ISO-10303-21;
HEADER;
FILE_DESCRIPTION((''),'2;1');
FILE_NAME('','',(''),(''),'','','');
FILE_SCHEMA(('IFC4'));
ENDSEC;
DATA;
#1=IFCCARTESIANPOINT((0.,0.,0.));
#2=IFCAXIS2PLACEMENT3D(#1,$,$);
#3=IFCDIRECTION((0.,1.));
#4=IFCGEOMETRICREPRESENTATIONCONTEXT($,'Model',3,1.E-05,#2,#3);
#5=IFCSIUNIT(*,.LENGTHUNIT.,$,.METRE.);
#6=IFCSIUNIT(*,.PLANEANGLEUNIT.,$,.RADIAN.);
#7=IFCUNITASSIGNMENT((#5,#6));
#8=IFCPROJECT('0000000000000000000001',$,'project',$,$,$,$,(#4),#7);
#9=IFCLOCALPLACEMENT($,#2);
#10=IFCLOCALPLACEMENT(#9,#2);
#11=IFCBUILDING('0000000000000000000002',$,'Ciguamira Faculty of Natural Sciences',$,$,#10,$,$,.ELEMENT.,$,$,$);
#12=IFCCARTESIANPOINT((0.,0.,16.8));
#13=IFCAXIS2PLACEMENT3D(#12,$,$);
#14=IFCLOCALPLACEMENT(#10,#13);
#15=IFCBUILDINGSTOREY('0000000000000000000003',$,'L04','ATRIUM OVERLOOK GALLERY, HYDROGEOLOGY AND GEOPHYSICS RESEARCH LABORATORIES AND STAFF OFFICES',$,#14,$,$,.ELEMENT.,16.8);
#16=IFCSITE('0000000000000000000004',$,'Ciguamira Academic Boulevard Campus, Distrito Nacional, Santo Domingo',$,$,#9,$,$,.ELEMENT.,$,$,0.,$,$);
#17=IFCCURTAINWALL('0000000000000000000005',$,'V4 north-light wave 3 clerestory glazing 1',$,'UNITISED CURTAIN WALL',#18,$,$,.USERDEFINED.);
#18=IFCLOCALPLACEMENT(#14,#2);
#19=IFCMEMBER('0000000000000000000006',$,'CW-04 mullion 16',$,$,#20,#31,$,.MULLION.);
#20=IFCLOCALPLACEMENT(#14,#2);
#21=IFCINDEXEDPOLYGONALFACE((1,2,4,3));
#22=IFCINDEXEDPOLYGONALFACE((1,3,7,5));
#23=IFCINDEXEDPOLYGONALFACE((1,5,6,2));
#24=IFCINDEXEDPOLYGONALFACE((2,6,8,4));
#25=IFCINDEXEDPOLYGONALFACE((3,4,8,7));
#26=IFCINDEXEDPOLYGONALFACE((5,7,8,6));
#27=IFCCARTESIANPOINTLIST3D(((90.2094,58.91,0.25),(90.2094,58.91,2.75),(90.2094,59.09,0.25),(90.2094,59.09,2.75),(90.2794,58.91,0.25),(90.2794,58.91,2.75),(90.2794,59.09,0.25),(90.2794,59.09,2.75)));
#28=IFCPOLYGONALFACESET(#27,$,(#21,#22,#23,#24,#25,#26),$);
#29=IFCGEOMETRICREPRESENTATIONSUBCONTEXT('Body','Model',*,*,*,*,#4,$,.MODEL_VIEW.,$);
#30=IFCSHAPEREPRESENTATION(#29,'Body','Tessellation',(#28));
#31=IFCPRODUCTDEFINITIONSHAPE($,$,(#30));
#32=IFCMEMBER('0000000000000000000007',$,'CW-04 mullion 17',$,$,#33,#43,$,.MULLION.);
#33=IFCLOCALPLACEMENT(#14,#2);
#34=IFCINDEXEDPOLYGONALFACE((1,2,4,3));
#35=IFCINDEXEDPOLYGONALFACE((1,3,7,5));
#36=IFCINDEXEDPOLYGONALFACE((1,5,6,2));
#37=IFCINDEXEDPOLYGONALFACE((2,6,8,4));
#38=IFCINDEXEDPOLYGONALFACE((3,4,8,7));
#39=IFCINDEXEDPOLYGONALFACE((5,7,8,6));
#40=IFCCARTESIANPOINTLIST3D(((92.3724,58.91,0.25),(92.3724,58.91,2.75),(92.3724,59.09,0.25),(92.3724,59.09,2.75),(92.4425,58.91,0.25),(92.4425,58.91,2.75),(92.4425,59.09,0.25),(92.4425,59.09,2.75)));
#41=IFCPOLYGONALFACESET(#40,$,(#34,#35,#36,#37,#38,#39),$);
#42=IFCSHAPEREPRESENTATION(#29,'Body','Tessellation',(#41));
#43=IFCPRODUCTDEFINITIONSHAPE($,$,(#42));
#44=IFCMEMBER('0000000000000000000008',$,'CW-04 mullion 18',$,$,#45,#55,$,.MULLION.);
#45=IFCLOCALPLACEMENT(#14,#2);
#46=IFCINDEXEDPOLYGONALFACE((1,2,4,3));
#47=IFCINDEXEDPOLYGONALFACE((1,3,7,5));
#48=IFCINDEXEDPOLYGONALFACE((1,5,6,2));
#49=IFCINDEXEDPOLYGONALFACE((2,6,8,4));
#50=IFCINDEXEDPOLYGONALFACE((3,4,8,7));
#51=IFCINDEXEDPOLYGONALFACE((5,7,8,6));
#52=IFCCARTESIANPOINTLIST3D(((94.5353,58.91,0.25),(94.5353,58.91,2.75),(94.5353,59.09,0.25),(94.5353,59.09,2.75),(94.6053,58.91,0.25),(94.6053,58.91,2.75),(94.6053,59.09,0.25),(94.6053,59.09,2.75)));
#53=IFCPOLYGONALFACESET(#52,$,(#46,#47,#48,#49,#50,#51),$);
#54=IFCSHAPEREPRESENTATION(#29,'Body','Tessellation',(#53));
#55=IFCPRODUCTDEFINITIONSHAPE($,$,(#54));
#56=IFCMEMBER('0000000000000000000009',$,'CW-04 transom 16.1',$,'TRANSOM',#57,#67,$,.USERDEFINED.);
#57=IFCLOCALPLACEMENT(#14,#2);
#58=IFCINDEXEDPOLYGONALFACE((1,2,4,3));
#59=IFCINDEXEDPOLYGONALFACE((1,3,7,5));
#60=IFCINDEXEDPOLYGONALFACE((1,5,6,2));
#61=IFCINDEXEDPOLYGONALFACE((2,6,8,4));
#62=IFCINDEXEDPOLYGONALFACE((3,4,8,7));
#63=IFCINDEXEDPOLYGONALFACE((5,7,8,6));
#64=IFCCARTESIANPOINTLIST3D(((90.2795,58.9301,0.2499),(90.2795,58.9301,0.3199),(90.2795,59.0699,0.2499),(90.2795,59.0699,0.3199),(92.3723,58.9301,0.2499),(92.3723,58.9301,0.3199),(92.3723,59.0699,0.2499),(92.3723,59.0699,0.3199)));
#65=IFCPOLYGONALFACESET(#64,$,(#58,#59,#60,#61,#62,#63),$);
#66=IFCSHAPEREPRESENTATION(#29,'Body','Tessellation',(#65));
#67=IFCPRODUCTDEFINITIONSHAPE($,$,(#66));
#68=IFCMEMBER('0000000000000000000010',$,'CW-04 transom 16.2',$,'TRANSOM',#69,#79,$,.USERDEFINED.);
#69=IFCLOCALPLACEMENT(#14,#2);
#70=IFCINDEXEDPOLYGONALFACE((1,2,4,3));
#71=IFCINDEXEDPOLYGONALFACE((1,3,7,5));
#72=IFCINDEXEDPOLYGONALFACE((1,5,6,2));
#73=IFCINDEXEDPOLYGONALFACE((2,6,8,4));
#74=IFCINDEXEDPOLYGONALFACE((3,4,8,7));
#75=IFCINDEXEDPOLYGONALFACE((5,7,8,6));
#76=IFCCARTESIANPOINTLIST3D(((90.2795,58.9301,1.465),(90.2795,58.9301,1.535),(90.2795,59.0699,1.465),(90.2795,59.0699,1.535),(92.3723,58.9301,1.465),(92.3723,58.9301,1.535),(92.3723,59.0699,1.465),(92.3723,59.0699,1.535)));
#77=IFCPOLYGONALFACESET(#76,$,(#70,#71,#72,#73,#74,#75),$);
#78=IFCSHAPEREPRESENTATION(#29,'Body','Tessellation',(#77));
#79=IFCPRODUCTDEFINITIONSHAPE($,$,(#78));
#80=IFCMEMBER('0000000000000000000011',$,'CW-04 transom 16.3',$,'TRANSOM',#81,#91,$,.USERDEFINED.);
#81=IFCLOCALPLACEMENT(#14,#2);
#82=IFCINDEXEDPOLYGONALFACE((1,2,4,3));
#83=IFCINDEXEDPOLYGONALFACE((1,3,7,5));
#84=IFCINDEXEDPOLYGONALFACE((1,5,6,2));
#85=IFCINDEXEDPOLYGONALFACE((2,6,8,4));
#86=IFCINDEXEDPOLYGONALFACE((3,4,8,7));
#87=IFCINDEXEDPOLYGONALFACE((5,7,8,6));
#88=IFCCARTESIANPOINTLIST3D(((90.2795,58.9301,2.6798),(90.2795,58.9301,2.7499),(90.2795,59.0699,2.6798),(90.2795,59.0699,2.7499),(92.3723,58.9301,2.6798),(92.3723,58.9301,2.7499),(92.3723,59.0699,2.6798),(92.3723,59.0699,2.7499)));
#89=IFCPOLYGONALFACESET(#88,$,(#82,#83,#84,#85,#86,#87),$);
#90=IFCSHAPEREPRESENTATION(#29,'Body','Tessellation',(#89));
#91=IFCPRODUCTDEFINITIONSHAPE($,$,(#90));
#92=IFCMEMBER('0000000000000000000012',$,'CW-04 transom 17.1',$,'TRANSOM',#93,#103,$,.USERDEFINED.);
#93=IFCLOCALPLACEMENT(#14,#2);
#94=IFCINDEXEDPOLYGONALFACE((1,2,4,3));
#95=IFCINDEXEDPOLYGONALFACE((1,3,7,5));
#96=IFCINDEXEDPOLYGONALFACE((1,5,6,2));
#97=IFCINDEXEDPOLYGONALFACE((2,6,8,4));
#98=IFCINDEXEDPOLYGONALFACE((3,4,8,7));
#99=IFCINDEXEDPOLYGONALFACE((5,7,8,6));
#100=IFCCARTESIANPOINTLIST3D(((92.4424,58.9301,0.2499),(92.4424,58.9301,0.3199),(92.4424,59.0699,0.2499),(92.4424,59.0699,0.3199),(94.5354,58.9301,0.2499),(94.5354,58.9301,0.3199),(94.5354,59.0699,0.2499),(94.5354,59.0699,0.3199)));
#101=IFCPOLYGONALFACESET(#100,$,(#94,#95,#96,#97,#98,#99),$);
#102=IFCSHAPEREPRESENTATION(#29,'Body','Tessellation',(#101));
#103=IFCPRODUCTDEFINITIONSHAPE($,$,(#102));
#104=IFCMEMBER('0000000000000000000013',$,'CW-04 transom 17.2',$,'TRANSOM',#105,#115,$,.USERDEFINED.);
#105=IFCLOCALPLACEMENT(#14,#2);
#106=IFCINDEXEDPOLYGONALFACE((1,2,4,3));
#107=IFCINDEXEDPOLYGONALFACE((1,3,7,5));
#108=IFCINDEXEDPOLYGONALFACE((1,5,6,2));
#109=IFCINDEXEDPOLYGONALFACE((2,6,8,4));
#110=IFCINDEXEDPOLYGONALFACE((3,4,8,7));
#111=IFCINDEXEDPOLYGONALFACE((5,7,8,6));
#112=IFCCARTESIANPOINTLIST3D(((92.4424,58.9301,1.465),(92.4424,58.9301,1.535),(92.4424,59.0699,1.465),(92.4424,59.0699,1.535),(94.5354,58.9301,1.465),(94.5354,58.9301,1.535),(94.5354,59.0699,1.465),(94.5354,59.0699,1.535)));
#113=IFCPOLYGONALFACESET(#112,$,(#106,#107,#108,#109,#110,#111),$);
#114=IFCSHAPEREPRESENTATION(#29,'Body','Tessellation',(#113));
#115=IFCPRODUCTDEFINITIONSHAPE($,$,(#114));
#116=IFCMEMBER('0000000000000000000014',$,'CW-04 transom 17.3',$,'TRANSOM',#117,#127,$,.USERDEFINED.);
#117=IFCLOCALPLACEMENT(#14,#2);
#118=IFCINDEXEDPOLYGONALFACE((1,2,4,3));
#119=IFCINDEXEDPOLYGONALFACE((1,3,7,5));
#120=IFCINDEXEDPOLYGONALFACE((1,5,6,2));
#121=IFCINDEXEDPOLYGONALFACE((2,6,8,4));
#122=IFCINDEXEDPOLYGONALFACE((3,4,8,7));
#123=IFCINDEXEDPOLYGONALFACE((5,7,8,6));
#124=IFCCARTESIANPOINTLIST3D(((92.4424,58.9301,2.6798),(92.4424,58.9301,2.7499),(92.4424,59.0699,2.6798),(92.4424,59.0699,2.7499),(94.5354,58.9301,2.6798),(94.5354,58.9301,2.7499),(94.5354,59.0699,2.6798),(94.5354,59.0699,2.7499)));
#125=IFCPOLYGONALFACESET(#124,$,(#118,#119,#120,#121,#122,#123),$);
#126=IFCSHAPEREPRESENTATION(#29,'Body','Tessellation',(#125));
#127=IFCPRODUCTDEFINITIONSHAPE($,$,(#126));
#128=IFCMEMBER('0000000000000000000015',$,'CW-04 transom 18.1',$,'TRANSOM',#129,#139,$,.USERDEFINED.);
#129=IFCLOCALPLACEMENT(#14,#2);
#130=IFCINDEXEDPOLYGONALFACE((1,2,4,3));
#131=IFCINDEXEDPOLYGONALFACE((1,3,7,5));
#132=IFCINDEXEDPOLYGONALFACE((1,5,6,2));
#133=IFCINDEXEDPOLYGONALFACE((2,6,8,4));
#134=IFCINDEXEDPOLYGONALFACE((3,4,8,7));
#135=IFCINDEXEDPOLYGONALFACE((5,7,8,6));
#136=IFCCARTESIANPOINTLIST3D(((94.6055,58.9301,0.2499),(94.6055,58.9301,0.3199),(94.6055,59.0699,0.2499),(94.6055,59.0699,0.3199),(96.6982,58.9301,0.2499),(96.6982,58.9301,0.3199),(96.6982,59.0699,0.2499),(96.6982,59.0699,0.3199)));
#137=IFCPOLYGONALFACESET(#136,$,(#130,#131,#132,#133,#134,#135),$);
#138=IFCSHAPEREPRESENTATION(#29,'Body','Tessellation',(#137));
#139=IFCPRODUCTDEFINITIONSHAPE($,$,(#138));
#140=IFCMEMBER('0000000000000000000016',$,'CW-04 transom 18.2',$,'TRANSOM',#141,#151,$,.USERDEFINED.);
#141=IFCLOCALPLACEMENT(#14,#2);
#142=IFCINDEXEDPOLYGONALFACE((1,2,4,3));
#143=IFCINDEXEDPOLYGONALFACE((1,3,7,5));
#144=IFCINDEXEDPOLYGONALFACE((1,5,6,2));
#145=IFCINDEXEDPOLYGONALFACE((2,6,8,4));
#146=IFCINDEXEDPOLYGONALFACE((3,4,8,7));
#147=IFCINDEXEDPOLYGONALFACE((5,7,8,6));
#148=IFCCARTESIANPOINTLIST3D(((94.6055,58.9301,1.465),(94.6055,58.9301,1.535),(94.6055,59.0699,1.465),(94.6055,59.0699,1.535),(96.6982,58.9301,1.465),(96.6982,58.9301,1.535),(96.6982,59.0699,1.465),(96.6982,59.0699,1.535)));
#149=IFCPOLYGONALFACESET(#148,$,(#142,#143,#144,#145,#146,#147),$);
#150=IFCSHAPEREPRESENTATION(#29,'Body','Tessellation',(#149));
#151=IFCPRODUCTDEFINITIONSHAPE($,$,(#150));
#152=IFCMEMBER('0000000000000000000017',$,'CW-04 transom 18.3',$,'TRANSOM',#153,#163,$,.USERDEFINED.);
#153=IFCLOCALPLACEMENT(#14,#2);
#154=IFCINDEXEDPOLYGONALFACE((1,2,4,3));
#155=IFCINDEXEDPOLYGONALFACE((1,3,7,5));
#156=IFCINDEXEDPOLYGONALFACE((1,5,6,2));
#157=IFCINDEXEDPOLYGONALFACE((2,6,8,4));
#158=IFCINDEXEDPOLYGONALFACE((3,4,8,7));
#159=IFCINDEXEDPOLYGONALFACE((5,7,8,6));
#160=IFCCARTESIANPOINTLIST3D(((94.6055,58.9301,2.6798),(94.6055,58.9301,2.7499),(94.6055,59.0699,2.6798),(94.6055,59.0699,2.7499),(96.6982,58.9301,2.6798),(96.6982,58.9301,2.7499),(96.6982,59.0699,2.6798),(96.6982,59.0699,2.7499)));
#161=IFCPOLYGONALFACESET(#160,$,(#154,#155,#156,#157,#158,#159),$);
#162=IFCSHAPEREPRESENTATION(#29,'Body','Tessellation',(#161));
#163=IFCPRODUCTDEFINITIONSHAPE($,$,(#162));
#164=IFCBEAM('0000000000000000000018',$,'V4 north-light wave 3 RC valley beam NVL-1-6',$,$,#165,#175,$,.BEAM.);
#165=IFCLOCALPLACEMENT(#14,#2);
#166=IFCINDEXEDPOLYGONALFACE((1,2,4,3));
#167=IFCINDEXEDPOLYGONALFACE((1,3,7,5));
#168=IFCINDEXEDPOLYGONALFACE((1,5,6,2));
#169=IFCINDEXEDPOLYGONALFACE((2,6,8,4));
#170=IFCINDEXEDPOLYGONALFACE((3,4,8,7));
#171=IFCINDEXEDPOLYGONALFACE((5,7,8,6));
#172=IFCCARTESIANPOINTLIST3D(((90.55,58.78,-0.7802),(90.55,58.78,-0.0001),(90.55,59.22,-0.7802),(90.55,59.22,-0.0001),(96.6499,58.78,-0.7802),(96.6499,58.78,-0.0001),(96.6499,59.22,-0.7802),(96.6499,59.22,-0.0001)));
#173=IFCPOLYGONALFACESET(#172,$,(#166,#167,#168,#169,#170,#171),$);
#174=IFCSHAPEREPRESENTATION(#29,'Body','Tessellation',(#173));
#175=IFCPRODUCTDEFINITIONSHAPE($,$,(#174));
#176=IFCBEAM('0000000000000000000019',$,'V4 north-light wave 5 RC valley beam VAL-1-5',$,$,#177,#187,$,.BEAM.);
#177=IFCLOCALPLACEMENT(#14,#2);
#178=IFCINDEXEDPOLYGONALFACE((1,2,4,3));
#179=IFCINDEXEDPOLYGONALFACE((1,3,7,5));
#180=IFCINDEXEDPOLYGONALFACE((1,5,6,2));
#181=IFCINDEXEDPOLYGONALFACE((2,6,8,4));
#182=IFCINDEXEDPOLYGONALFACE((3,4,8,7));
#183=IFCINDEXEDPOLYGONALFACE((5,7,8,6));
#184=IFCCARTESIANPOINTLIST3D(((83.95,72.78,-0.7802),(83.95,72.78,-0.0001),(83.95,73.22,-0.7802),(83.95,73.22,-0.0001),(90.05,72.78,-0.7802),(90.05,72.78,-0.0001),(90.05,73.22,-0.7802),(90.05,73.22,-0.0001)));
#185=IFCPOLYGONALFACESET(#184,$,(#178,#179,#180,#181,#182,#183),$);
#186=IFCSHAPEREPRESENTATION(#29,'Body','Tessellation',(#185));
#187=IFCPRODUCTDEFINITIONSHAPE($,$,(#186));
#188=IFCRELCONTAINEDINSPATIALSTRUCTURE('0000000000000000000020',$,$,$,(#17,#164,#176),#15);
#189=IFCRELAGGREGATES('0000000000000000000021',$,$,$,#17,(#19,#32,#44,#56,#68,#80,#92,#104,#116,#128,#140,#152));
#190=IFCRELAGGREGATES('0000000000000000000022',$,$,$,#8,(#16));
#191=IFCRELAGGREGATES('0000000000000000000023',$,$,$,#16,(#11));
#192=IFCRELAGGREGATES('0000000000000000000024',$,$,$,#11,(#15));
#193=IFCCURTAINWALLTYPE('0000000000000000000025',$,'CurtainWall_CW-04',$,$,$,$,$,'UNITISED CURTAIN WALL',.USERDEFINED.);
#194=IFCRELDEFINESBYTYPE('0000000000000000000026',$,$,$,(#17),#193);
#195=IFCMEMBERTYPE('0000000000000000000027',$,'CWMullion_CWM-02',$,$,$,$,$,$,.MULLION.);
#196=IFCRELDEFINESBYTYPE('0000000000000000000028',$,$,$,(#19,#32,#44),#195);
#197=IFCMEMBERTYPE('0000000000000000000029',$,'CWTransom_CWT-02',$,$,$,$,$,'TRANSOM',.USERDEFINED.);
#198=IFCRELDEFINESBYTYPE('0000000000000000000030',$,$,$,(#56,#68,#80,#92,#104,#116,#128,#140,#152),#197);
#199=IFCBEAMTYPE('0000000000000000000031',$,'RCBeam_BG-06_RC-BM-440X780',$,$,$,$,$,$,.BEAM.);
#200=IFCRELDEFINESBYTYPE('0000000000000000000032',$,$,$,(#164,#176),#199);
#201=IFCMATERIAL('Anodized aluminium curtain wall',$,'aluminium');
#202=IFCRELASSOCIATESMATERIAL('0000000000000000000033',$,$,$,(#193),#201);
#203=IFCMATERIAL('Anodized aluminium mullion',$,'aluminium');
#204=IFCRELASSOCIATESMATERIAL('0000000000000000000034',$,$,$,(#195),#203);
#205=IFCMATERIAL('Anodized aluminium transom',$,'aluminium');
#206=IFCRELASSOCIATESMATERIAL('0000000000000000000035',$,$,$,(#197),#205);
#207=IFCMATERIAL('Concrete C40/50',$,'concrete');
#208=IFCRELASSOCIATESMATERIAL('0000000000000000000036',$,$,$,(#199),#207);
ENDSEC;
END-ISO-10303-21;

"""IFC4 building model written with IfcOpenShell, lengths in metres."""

from ifc_helpers import new_model, si_unit, direction, frame, origin, origin_2d, place, context, subcontext, project, spatial, rectangle, extrude, material, material_profile, profile_set, type_object, element, aggregate, save


model = new_model("IFC4")

# Units and contexts
model_context = context("Model", 3, precision=1e-05, world=origin(), true_north=direction((0.0, 1.0)))
body_context = subcontext(model_context, "Body", "Model", "MODEL_VIEW")
ifc_project = project(units=[si_unit("LENGTHUNIT", "METRE"), si_unit("PLANEANGLEUNIT", "RADIAN")], contexts=[model_context])

# Site, building, storey
site_placement = place(None, origin())
site = spatial("IfcSite", under=ifc_project, at=site_placement, Name="Ciguamira Academic Boulevard Campus, Distrito Nacional, Santo Domingo", CompositionType="ELEMENT", RefElevation=0.0)
building_placement = place(site_placement, origin())
building = spatial("IfcBuilding", under=site, at=building_placement, Name="Ciguamira Faculty of Natural Sciences", CompositionType="ELEMENT")
storey_placement = place(building_placement, frame((0.0, 0.0, 16.8)))
storey = spatial("IfcBuildingStorey", under=building, at=storey_placement, Name="L04", Description="ATRIUM OVERLOOK GALLERY, HYDROGEOLOGY AND GEOPHYSICS RESEARCH LABORATORIES AND STAFF OFFICES", CompositionType="ELEMENT", Elevation=16.8)

# Curtain wall, members
ifc_material_1 = material(Name="Anodized aluminium curtain wall", Category="aluminium")
curtain_wall_type = type_object("IfcCurtainWallType", Name="CurtainWall_CW-04", ElementType="UNITISED CURTAIN WALL", PredefinedType="USERDEFINED", material=ifc_material_1)
curtain_wall_placement = place(storey_placement, origin())
curtain_wall = element("IfcCurtainWall", 1, at=curtain_wall_placement, inside=storey, type_object=curtain_wall_type, Name="V4 north-light wave 3 clerestory glazing 1", ObjectType="UNITISED CURTAIN WALL", PredefinedType="USERDEFINED")
ifc_material_2 = material(Name="Anodized aluminium mullion", Category="aluminium")
ifc_material_profile_1 = material_profile(ifc_material_2, rectangle(XDim=0.0701, YDim=0.1799, at=origin_2d()), Name="ALU-MUL-70X180")
ifc_profile_set_1 = profile_set([ifc_material_profile_1], Name="Anodized aluminium mullion")
member_type_1 = type_object("IfcMemberType", Name="CWMullion_CWM-02", PredefinedType="MULLION", material=ifc_profile_set_1)
member_1_placement = place(storey_placement, frame((90.2444, 59.0, 0.25), z_axis=(0.0, 0.0, 1.0), x_axis=(1.0, 0.0, 0.0)))
member_1 = element("IfcMember", 2, at=member_1_placement, type_object=member_type_1, Name="CW-04 mullion 16", PredefinedType="MULLION", context=body_context, shape_type="SweptSolid", body=[
    extrude(rectangle(XDim=0.0701, YDim=0.1799, at=origin_2d()), origin(), (0.0, 0.0, 1.0), 2.5),
])
member_2_placement = place(storey_placement, frame((92.4075, 59.0, 0.25), z_axis=(0.0, 0.0, 1.0), x_axis=(1.0, 0.0, 0.0)))
member_2 = element("IfcMember", 3, at=member_2_placement, type_object=member_type_1, Name="CW-04 mullion 17", PredefinedType="MULLION", context=body_context, shape_type="SweptSolid", body=[
    extrude(rectangle(XDim=0.0701, YDim=0.1799, at=origin_2d()), origin(), (0.0, 0.0, 1.0), 2.5),
])
member_3_placement = place(storey_placement, frame((94.5703, 59.0, 0.25), z_axis=(0.0, 0.0, 1.0), x_axis=(1.0, 0.0, 0.0)))
member_3 = element("IfcMember", 4, at=member_3_placement, type_object=member_type_1, Name="CW-04 mullion 18", PredefinedType="MULLION", context=body_context, shape_type="SweptSolid", body=[
    extrude(rectangle(XDim=0.0701, YDim=0.1799, at=origin_2d()), origin(), (0.0, 0.0, 1.0), 2.5),
])
ifc_material_3 = material(Name="Anodized aluminium transom", Category="aluminium")
ifc_material_profile_2 = material_profile(ifc_material_3, rectangle(XDim=0.0701, YDim=0.1399, at=origin_2d()), Name="ALU-TRN-70X140")
ifc_profile_set_2 = profile_set([ifc_material_profile_2], Name="Anodized aluminium transom")
member_type_2 = type_object("IfcMemberType", Name="CWTransom_CWT-02", ElementType="TRANSOM", PredefinedType="USERDEFINED", material=ifc_profile_set_2)
member_4_placement = place(storey_placement, frame((90.2795, 59.0, 0.2849), z_axis=(1.0, 0.0, 0.0), x_axis=(0.0, 0.0, 1.0)))
member_4 = element("IfcMember", 5, at=member_4_placement, type_object=member_type_2, Name="CW-04 transom 16.1", ObjectType="TRANSOM", PredefinedType="USERDEFINED", context=body_context, shape_type="SweptSolid", body=[
    extrude(rectangle(XDim=0.0701, YDim=0.1399, at=origin_2d()), origin(), (0.0, 0.0, 1.0), 2.0928),
])
member_5_placement = place(storey_placement, frame((90.2795, 59.0, 1.5), z_axis=(1.0, 0.0, 0.0), x_axis=(0.0, 0.0, 1.0)))
member_5 = element("IfcMember", 6, at=member_5_placement, type_object=member_type_2, Name="CW-04 transom 16.2", ObjectType="TRANSOM", PredefinedType="USERDEFINED", context=body_context, shape_type="SweptSolid", body=[
    extrude(rectangle(XDim=0.0701, YDim=0.1399, at=origin_2d()), origin(), (0.0, 0.0, 1.0), 2.0928),
])
member_6_placement = place(storey_placement, frame((90.2795, 59.0, 2.7148), z_axis=(1.0, 0.0, 0.0), x_axis=(0.0, 0.0, 1.0)))
member_6 = element("IfcMember", 7, at=member_6_placement, type_object=member_type_2, Name="CW-04 transom 16.3", ObjectType="TRANSOM", PredefinedType="USERDEFINED", context=body_context, shape_type="SweptSolid", body=[
    extrude(rectangle(XDim=0.0701, YDim=0.1399, at=origin_2d()), origin(), (0.0, 0.0, 1.0), 2.0928),
])
member_7_placement = place(storey_placement, frame((92.4424, 59.0, 0.2849), z_axis=(1.0, 0.0, 0.0), x_axis=(0.0, 0.0, 1.0)))
member_7 = element("IfcMember", 8, at=member_7_placement, type_object=member_type_2, Name="CW-04 transom 17.1", ObjectType="TRANSOM", PredefinedType="USERDEFINED", context=body_context, shape_type="SweptSolid", body=[
    extrude(rectangle(XDim=0.0701, YDim=0.1399, at=origin_2d()), origin(), (0.0, 0.0, 1.0), 2.093),
])
member_8_placement = place(storey_placement, frame((92.4424, 59.0, 1.5), z_axis=(1.0, 0.0, 0.0), x_axis=(0.0, 0.0, 1.0)))
member_8 = element("IfcMember", 9, at=member_8_placement, type_object=member_type_2, Name="CW-04 transom 17.2", ObjectType="TRANSOM", PredefinedType="USERDEFINED", context=body_context, shape_type="SweptSolid", body=[
    extrude(rectangle(XDim=0.0701, YDim=0.1399, at=origin_2d()), origin(), (0.0, 0.0, 1.0), 2.093),
])
member_9_placement = place(storey_placement, frame((92.4424, 59.0, 2.7148), z_axis=(1.0, 0.0, 0.0), x_axis=(0.0, 0.0, 1.0)))
member_9 = element("IfcMember", 10, at=member_9_placement, type_object=member_type_2, Name="CW-04 transom 17.3", ObjectType="TRANSOM", PredefinedType="USERDEFINED", context=body_context, shape_type="SweptSolid", body=[
    extrude(rectangle(XDim=0.0701, YDim=0.1399, at=origin_2d()), origin(), (0.0, 0.0, 1.0), 2.093),
])
member_10_placement = place(storey_placement, frame((94.6055, 59.0, 0.2849), z_axis=(1.0, 0.0, 0.0), x_axis=(0.0, 0.0, 1.0)))
member_10 = element("IfcMember", 11, at=member_10_placement, type_object=member_type_2, Name="CW-04 transom 18.1", ObjectType="TRANSOM", PredefinedType="USERDEFINED", context=body_context, shape_type="SweptSolid", body=[
    extrude(rectangle(XDim=0.0701, YDim=0.1399, at=origin_2d()), origin(), (0.0, 0.0, 1.0), 2.0928),
])
member_11_placement = place(storey_placement, frame((94.6055, 59.0, 1.5), z_axis=(1.0, 0.0, 0.0), x_axis=(0.0, 0.0, 1.0)))
member_11 = element("IfcMember", 12, at=member_11_placement, type_object=member_type_2, Name="CW-04 transom 18.2", ObjectType="TRANSOM", PredefinedType="USERDEFINED", context=body_context, shape_type="SweptSolid", body=[
    extrude(rectangle(XDim=0.0701, YDim=0.1399, at=origin_2d()), origin(), (0.0, 0.0, 1.0), 2.0928),
])
member_12_placement = place(storey_placement, frame((94.6055, 59.0, 2.7148), z_axis=(1.0, 0.0, 0.0), x_axis=(0.0, 0.0, 1.0)))
member_12 = element("IfcMember", 13, at=member_12_placement, type_object=member_type_2, Name="CW-04 transom 18.3", ObjectType="TRANSOM", PredefinedType="USERDEFINED", context=body_context, shape_type="SweptSolid", body=[
    extrude(rectangle(XDim=0.0701, YDim=0.1399, at=origin_2d()), origin(), (0.0, 0.0, 1.0), 2.0928),
])

# Beams
ifc_material_4 = material(Name="Concrete C40/50", Category="concrete")
ifc_material_profile_3 = material_profile(ifc_material_4, rectangle(XDim=0.4399, YDim=0.78, at=origin_2d()), Name="RC-BM-440X780")
ifc_profile_set_3 = profile_set([ifc_material_profile_3], Name="Concrete C40/50")
beam_type = type_object("IfcBeamType", Name="RCBeam_BG-06_RC-BM-440X780", PredefinedType="BEAM", material=ifc_profile_set_3)
beam_1_placement = place(storey_placement, frame((90.55, 59.0, -0.3901), z_axis=(1.0, 0.0, 0.0), x_axis=(0.0, 1.0, 0.0)))
element("IfcBeam", 14, at=beam_1_placement, inside=storey, type_object=beam_type, Name="V4 north-light wave 3 RC valley beam NVL-1-6", PredefinedType="BEAM", context=body_context, shape_type="SweptSolid", body=[
    extrude(rectangle(XDim=0.4399, YDim=0.78, at=origin_2d()), origin(), (0.0, 0.0, 1.0), 6.0999),
])
beam_2_placement = place(storey_placement, frame((83.95, 73.0, -0.3901), z_axis=(1.0, 0.0, 0.0), x_axis=(0.0, 1.0, 0.0)))
element("IfcBeam", 15, at=beam_2_placement, inside=storey, type_object=beam_type, Name="V4 north-light wave 5 RC valley beam VAL-1-5", PredefinedType="BEAM", context=body_context, shape_type="SweptSolid", body=[
    extrude(rectangle(XDim=0.4399, YDim=0.78, at=origin_2d()), origin(), (0.0, 0.0, 1.0), 6.1001),
])

aggregate(curtain_wall, [member_1, member_2, member_3, member_4, member_5, member_6, member_7, member_8, member_9, member_10, member_11, member_12])

save(model, "model.ifc")
